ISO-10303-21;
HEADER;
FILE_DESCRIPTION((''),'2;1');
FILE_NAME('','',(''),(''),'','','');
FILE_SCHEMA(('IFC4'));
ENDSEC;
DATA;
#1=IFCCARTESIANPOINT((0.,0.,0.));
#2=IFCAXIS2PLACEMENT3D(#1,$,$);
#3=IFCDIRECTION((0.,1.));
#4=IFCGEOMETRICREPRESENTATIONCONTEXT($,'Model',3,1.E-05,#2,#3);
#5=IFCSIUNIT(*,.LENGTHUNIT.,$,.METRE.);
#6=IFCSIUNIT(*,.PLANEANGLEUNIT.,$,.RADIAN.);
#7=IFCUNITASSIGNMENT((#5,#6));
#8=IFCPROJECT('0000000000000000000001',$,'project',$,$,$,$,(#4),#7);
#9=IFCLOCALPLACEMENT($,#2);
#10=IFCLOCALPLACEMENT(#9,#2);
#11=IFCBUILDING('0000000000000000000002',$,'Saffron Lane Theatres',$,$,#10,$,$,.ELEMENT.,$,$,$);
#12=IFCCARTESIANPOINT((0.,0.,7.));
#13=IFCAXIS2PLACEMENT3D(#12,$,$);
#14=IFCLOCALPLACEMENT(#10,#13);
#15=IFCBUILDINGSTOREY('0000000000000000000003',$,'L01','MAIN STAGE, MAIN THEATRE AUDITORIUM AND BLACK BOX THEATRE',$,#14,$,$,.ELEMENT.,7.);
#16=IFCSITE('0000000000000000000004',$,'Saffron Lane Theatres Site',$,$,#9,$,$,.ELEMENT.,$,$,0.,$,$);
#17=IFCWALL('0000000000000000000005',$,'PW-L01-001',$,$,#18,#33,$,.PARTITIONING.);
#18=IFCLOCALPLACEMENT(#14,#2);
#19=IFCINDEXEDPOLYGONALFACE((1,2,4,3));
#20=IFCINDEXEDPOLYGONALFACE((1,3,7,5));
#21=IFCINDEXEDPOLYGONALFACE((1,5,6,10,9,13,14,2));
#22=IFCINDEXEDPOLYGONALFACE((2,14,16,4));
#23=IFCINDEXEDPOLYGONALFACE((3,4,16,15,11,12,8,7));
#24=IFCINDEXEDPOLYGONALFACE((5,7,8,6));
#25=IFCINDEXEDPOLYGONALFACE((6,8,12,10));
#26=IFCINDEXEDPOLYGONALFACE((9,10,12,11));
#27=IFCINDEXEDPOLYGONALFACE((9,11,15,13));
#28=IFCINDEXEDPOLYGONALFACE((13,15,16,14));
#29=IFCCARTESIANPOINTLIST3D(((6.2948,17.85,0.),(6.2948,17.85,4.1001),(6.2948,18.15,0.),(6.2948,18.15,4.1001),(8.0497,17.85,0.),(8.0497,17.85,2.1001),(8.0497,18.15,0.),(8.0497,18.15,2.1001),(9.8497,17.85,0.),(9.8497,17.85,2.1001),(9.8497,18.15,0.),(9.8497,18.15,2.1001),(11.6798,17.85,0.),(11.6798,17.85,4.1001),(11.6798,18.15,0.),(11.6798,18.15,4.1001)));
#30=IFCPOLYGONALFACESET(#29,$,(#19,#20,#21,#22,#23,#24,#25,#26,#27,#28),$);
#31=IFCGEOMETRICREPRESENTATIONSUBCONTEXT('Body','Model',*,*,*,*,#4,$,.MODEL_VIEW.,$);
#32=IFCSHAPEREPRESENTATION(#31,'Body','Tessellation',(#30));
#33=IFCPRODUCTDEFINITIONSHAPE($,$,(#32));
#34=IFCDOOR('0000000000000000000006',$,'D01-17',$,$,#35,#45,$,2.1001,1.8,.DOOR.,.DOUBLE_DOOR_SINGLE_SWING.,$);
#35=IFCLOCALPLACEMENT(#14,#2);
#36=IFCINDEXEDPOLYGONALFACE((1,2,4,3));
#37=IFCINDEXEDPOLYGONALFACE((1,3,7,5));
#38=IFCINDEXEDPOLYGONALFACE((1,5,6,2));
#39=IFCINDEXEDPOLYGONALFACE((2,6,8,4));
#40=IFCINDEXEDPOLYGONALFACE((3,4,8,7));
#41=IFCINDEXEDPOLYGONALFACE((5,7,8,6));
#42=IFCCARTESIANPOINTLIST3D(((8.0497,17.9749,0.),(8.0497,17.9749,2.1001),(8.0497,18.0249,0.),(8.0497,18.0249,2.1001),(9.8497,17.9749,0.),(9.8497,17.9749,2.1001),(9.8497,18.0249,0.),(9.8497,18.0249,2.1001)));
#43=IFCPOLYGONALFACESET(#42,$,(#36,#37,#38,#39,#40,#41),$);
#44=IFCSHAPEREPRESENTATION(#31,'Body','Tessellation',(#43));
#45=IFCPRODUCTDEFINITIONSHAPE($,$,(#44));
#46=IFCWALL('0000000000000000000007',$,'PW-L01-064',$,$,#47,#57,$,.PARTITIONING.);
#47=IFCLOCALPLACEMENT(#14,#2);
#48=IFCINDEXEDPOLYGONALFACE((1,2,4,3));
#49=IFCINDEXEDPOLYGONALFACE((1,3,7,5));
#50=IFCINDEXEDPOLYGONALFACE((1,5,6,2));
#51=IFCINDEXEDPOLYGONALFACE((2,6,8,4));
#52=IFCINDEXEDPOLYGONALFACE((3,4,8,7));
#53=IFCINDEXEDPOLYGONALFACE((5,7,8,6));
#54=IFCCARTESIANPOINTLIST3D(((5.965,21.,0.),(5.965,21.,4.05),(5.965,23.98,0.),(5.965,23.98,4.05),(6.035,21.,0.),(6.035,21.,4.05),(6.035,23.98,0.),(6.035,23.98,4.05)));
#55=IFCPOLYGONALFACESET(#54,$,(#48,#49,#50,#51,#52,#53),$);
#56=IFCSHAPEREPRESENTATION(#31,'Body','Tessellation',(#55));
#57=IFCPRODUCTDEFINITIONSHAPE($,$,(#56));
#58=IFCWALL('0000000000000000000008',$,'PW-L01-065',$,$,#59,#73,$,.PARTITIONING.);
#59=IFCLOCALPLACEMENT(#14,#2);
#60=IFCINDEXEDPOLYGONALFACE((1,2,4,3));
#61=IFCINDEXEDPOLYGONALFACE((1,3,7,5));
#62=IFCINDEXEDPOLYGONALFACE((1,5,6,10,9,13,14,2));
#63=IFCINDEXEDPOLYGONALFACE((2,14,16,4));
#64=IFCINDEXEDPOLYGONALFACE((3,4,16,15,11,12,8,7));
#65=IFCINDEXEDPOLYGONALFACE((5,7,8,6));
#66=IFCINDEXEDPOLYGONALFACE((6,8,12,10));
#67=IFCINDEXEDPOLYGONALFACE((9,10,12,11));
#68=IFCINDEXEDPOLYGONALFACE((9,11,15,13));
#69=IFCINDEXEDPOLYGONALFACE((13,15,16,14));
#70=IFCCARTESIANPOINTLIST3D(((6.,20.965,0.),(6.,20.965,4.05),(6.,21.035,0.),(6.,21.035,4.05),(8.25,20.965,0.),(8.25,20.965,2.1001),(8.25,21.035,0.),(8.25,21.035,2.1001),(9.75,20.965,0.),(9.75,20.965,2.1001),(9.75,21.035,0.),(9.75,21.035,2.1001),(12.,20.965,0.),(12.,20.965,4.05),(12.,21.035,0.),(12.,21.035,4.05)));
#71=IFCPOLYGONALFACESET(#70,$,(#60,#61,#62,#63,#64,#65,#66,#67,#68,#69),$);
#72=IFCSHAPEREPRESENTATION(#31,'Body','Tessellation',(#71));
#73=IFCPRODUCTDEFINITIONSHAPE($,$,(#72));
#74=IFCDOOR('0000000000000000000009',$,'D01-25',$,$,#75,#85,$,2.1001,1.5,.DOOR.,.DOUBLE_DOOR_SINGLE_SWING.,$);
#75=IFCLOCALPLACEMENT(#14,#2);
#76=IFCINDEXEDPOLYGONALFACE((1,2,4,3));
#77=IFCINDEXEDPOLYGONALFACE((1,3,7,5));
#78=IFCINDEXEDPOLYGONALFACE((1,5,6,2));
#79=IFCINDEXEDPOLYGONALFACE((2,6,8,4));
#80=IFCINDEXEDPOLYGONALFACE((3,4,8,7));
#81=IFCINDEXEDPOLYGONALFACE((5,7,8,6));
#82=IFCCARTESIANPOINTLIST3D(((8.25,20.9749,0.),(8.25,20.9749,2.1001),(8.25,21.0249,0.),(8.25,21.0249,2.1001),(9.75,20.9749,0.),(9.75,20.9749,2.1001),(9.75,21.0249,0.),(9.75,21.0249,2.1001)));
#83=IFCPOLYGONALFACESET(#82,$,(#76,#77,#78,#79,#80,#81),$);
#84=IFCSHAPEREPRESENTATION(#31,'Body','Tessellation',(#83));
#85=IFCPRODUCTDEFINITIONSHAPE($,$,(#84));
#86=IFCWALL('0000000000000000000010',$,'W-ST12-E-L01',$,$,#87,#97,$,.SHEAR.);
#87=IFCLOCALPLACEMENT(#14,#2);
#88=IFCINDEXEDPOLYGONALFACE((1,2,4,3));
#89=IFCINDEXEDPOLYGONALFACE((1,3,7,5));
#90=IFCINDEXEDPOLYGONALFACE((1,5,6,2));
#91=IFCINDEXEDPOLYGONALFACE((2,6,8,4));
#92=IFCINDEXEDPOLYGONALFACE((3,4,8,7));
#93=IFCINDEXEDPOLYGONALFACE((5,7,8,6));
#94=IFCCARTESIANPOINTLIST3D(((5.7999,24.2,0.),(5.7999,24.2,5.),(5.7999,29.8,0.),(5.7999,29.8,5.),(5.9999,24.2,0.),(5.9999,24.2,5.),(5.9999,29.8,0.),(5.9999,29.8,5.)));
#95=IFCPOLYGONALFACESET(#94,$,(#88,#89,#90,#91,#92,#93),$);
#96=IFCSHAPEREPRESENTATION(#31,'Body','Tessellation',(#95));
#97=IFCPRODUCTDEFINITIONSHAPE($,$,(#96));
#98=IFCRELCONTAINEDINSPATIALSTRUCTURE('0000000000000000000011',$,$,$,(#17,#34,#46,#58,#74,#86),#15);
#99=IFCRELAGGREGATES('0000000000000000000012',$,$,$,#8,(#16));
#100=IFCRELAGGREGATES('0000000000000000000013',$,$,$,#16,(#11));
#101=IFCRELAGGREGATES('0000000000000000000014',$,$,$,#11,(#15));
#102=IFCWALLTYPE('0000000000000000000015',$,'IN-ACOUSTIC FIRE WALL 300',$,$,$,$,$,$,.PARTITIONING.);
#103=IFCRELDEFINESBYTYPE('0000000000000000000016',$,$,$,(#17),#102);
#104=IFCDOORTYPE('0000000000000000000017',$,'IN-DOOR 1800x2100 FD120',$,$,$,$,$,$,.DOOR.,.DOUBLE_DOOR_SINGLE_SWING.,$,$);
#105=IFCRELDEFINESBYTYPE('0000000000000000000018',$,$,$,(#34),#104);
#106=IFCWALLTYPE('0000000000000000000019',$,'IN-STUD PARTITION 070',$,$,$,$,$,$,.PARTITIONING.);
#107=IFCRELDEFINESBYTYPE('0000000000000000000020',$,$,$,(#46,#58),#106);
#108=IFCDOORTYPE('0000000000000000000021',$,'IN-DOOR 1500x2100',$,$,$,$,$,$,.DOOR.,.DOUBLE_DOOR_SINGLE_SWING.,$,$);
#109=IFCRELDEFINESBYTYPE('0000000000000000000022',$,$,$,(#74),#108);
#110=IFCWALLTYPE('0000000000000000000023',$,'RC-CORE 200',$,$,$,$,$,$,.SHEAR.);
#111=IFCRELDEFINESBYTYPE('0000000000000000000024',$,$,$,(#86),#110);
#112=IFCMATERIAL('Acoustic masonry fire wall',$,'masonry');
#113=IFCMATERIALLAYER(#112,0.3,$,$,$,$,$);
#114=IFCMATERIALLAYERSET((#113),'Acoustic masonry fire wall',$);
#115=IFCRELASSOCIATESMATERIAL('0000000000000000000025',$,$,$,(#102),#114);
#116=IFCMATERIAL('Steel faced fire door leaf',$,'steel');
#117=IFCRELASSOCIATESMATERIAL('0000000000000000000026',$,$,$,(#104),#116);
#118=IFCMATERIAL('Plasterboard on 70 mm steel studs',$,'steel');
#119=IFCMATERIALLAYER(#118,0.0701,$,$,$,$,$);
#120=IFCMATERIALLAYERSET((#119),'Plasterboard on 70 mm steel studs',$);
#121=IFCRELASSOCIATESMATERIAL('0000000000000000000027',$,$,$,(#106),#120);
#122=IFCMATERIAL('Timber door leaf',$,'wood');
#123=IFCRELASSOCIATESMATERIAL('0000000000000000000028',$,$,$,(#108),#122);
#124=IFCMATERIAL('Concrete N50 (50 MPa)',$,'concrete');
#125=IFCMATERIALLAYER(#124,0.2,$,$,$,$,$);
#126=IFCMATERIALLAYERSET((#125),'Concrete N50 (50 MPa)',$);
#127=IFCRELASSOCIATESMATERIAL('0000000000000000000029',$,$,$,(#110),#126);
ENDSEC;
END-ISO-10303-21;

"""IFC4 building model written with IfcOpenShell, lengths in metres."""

from ifc_helpers import new_model, si_unit, direction, frame, frame_2d, origin, place, context, subcontext, project, spatial, rectangle, extrude, material, layer, layer_set, type_object, element, fill, save


model = new_model("IFC4")

# Units and contexts
model_context = context("Model", 3, precision=1e-05, world=origin(), true_north=direction((0.0, 1.0)))
body_context = subcontext(model_context, "Body", "Model", "MODEL_VIEW")
ifc_project = project(units=[si_unit("LENGTHUNIT", "METRE"), si_unit("PLANEANGLEUNIT", "RADIAN")], contexts=[model_context])

# Site, building, storey
site_placement = place(None, origin())
site = spatial("IfcSite", under=ifc_project, at=site_placement, Name="Saffron Lane Theatres Site", CompositionType="ELEMENT", RefElevation=0.0)
building_placement = place(site_placement, origin())
building = spatial("IfcBuilding", under=site, at=building_placement, Name="Saffron Lane Theatres", CompositionType="ELEMENT")
storey_placement = place(building_placement, frame((0.0, 0.0, 7.0)))
storey = spatial("IfcBuildingStorey", under=building, at=storey_placement, Name="L01", Description="MAIN STAGE, MAIN THEATRE AUDITORIUM AND BLACK BOX THEATRE", CompositionType="ELEMENT", Elevation=7.0)

# Wall, opening, door
ifc_material_1 = material(Name="Acoustic masonry fire wall", Category="masonry")
ifc_layer_1 = layer(ifc_material_1, 0.3)
ifc_layer_set_1 = layer_set([ifc_layer_1], Name="Acoustic masonry fire wall")
wall_type_1 = type_object("IfcWallType", Name="IN-ACOUSTIC FIRE WALL 300", PredefinedType="PARTITIONING", material=ifc_layer_set_1)
wall_1_placement = place(storey_placement, frame((6.2949, 18.0, 0.0), z_axis=(0.0, 0.0, 1.0), x_axis=(1.0, 0.0, 0.0)))
wall_1 = element("IfcWall", 1, at=wall_1_placement, inside=storey, type_object=wall_type_1, Name="PW-L01-001", PredefinedType="PARTITIONING", context=body_context, shape_type="SweptSolid", body=[
    extrude(rectangle(XDim=5.385, YDim=0.3, at=frame_2d((2.6924, 0.0))), origin(), (0.0, 0.0, 1.0), 4.1001),
])
opening_1_placement = place(wall_1_placement, frame((1.7549, 0.0, 0.0)))
opening_1 = element("IfcOpeningElement", 2, at=opening_1_placement, cuts=wall_1, PredefinedType="OPENING", context=body_context, shape_type="SweptSolid", body=[
    extrude(rectangle(XDim=1.8, YDim=2.1001, at=frame_2d((0.8999, 1.05))), frame((0.0, 0.1602, 0.0), z_axis=(0.0, -1.0, 0.0), x_axis=(1.0, 0.0, 0.0)), (0.0, 0.0, 1.0), 0.3201),
])
ifc_material_2 = material(Name="Steel faced fire door leaf", Category="steel")
door_type_1 = type_object("IfcDoorType", Name="IN-DOOR 1800x2100 FD120", OperationType="DOUBLE_DOOR_SINGLE_SWING", PredefinedType="DOOR", material=ifc_material_2)
door_1_placement = place(opening_1_placement, origin())
door_1 = element("IfcDoor", 3, at=door_1_placement, inside=storey, type_object=door_type_1, Name="D01-17", OperationType="DOUBLE_DOOR_SINGLE_SWING", OverallHeight=2.1001, OverallWidth=1.8, PredefinedType="DOOR", context=body_context, shape_type="SweptSolid", body=[
    extrude(rectangle(XDim=1.8, YDim=2.1001, at=frame_2d((0.8999, 1.05))), frame((0.0, 0.0249, 0.0), z_axis=(0.0, -1.0, 0.0), x_axis=(1.0, 0.0, 0.0)), (0.0, 0.0, 1.0), 0.05),
])
fill(opening_1, door_1)

# Wall
ifc_material_3 = material(Name="Plasterboard on 70 mm steel studs", Category="steel")
ifc_layer_2 = layer(ifc_material_3, 0.0701)
ifc_layer_set_2 = layer_set([ifc_layer_2], Name="Plasterboard on 70 mm steel studs")
wall_type_2 = type_object("IfcWallType", Name="IN-STUD PARTITION 070", PredefinedType="PARTITIONING", material=ifc_layer_set_2)
wall_2_placement = place(storey_placement, frame((6.0, 21.0, 0.0), z_axis=(0.0, 0.0, 1.0), x_axis=(0.0, 1.0, 0.0)))
element("IfcWall", 4, at=wall_2_placement, inside=storey, type_object=wall_type_2, Name="PW-L01-064", PredefinedType="PARTITIONING", context=body_context, shape_type="SweptSolid", body=[
    extrude(rectangle(XDim=2.98, YDim=0.0701, at=frame_2d((1.49, 0.0))), origin(), (0.0, 0.0, 1.0), 4.05),
])

# Wall, opening, door
wall_3_placement = place(storey_placement, frame((6.0, 21.0, 0.0), z_axis=(0.0, 0.0, 1.0), x_axis=(1.0, 0.0, 0.0)))
wall_3 = element("IfcWall", 5, at=wall_3_placement, inside=storey, type_object=wall_type_2, Name="PW-L01-065", PredefinedType="PARTITIONING", context=body_context, shape_type="SweptSolid", body=[
    extrude(rectangle(XDim=6.0, YDim=0.0701, at=frame_2d((3.0, 0.0))), origin(), (0.0, 0.0, 1.0), 4.05),
])
opening_2_placement = place(wall_3_placement, frame((2.25, 0.0, 0.0)))
opening_2 = element("IfcOpeningElement", 6, at=opening_2_placement, cuts=wall_3, PredefinedType="OPENING", context=body_context, shape_type="SweptSolid", body=[
    extrude(rectangle(XDim=1.5, YDim=2.1001, at=frame_2d((0.75, 1.05))), frame((0.0, 0.0449, 0.0), z_axis=(0.0, -1.0, 0.0), x_axis=(1.0, 0.0, 0.0)), (0.0, 0.0, 1.0), 0.0901),
])
ifc_material_4 = material(Name="Timber door leaf", Category="wood")
door_type_2 = type_object("IfcDoorType", Name="IN-DOOR 1500x2100", OperationType="DOUBLE_DOOR_SINGLE_SWING", PredefinedType="DOOR", material=ifc_material_4)
door_2_placement = place(opening_2_placement, origin())
door_2 = element("IfcDoor", 7, at=door_2_placement, inside=storey, type_object=door_type_2, Name="D01-25", OperationType="DOUBLE_DOOR_SINGLE_SWING", OverallHeight=2.1001, OverallWidth=1.5, PredefinedType="DOOR", context=body_context, shape_type="SweptSolid", body=[
    extrude(rectangle(XDim=1.5, YDim=2.1001, at=frame_2d((0.75, 1.05))), frame((0.0, 0.0249, 0.0), z_axis=(0.0, -1.0, 0.0), x_axis=(1.0, 0.0, 0.0)), (0.0, 0.0, 1.0), 0.05),
])
fill(opening_2, door_2)

# Wall
ifc_material_5 = material(Name="Concrete N50 (50 MPa)", Category="concrete")
ifc_layer_3 = layer(ifc_material_5, 0.2)
ifc_layer_set_3 = layer_set([ifc_layer_3], Name="Concrete N50 (50 MPa)")
wall_type_3 = type_object("IfcWallType", Name="RC-CORE 200", PredefinedType="SHEAR", material=ifc_layer_set_3)
wall_4_placement = place(storey_placement, frame((5.8999, 24.2, 0.0), z_axis=(0.0, 0.0, 1.0), x_axis=(0.0, 1.0, 0.0)))
element("IfcWall", 8, at=wall_4_placement, inside=storey, type_object=wall_type_3, Name="W-ST12-E-L01", PredefinedType="SHEAR", context=body_context, shape_type="SweptSolid", body=[
    extrude(rectangle(XDim=5.6001, YDim=0.2, at=frame_2d((2.8, 0.0))), origin(), (0.0, 0.0, 1.0), 5.0),
])

save(model, "model.ifc")
